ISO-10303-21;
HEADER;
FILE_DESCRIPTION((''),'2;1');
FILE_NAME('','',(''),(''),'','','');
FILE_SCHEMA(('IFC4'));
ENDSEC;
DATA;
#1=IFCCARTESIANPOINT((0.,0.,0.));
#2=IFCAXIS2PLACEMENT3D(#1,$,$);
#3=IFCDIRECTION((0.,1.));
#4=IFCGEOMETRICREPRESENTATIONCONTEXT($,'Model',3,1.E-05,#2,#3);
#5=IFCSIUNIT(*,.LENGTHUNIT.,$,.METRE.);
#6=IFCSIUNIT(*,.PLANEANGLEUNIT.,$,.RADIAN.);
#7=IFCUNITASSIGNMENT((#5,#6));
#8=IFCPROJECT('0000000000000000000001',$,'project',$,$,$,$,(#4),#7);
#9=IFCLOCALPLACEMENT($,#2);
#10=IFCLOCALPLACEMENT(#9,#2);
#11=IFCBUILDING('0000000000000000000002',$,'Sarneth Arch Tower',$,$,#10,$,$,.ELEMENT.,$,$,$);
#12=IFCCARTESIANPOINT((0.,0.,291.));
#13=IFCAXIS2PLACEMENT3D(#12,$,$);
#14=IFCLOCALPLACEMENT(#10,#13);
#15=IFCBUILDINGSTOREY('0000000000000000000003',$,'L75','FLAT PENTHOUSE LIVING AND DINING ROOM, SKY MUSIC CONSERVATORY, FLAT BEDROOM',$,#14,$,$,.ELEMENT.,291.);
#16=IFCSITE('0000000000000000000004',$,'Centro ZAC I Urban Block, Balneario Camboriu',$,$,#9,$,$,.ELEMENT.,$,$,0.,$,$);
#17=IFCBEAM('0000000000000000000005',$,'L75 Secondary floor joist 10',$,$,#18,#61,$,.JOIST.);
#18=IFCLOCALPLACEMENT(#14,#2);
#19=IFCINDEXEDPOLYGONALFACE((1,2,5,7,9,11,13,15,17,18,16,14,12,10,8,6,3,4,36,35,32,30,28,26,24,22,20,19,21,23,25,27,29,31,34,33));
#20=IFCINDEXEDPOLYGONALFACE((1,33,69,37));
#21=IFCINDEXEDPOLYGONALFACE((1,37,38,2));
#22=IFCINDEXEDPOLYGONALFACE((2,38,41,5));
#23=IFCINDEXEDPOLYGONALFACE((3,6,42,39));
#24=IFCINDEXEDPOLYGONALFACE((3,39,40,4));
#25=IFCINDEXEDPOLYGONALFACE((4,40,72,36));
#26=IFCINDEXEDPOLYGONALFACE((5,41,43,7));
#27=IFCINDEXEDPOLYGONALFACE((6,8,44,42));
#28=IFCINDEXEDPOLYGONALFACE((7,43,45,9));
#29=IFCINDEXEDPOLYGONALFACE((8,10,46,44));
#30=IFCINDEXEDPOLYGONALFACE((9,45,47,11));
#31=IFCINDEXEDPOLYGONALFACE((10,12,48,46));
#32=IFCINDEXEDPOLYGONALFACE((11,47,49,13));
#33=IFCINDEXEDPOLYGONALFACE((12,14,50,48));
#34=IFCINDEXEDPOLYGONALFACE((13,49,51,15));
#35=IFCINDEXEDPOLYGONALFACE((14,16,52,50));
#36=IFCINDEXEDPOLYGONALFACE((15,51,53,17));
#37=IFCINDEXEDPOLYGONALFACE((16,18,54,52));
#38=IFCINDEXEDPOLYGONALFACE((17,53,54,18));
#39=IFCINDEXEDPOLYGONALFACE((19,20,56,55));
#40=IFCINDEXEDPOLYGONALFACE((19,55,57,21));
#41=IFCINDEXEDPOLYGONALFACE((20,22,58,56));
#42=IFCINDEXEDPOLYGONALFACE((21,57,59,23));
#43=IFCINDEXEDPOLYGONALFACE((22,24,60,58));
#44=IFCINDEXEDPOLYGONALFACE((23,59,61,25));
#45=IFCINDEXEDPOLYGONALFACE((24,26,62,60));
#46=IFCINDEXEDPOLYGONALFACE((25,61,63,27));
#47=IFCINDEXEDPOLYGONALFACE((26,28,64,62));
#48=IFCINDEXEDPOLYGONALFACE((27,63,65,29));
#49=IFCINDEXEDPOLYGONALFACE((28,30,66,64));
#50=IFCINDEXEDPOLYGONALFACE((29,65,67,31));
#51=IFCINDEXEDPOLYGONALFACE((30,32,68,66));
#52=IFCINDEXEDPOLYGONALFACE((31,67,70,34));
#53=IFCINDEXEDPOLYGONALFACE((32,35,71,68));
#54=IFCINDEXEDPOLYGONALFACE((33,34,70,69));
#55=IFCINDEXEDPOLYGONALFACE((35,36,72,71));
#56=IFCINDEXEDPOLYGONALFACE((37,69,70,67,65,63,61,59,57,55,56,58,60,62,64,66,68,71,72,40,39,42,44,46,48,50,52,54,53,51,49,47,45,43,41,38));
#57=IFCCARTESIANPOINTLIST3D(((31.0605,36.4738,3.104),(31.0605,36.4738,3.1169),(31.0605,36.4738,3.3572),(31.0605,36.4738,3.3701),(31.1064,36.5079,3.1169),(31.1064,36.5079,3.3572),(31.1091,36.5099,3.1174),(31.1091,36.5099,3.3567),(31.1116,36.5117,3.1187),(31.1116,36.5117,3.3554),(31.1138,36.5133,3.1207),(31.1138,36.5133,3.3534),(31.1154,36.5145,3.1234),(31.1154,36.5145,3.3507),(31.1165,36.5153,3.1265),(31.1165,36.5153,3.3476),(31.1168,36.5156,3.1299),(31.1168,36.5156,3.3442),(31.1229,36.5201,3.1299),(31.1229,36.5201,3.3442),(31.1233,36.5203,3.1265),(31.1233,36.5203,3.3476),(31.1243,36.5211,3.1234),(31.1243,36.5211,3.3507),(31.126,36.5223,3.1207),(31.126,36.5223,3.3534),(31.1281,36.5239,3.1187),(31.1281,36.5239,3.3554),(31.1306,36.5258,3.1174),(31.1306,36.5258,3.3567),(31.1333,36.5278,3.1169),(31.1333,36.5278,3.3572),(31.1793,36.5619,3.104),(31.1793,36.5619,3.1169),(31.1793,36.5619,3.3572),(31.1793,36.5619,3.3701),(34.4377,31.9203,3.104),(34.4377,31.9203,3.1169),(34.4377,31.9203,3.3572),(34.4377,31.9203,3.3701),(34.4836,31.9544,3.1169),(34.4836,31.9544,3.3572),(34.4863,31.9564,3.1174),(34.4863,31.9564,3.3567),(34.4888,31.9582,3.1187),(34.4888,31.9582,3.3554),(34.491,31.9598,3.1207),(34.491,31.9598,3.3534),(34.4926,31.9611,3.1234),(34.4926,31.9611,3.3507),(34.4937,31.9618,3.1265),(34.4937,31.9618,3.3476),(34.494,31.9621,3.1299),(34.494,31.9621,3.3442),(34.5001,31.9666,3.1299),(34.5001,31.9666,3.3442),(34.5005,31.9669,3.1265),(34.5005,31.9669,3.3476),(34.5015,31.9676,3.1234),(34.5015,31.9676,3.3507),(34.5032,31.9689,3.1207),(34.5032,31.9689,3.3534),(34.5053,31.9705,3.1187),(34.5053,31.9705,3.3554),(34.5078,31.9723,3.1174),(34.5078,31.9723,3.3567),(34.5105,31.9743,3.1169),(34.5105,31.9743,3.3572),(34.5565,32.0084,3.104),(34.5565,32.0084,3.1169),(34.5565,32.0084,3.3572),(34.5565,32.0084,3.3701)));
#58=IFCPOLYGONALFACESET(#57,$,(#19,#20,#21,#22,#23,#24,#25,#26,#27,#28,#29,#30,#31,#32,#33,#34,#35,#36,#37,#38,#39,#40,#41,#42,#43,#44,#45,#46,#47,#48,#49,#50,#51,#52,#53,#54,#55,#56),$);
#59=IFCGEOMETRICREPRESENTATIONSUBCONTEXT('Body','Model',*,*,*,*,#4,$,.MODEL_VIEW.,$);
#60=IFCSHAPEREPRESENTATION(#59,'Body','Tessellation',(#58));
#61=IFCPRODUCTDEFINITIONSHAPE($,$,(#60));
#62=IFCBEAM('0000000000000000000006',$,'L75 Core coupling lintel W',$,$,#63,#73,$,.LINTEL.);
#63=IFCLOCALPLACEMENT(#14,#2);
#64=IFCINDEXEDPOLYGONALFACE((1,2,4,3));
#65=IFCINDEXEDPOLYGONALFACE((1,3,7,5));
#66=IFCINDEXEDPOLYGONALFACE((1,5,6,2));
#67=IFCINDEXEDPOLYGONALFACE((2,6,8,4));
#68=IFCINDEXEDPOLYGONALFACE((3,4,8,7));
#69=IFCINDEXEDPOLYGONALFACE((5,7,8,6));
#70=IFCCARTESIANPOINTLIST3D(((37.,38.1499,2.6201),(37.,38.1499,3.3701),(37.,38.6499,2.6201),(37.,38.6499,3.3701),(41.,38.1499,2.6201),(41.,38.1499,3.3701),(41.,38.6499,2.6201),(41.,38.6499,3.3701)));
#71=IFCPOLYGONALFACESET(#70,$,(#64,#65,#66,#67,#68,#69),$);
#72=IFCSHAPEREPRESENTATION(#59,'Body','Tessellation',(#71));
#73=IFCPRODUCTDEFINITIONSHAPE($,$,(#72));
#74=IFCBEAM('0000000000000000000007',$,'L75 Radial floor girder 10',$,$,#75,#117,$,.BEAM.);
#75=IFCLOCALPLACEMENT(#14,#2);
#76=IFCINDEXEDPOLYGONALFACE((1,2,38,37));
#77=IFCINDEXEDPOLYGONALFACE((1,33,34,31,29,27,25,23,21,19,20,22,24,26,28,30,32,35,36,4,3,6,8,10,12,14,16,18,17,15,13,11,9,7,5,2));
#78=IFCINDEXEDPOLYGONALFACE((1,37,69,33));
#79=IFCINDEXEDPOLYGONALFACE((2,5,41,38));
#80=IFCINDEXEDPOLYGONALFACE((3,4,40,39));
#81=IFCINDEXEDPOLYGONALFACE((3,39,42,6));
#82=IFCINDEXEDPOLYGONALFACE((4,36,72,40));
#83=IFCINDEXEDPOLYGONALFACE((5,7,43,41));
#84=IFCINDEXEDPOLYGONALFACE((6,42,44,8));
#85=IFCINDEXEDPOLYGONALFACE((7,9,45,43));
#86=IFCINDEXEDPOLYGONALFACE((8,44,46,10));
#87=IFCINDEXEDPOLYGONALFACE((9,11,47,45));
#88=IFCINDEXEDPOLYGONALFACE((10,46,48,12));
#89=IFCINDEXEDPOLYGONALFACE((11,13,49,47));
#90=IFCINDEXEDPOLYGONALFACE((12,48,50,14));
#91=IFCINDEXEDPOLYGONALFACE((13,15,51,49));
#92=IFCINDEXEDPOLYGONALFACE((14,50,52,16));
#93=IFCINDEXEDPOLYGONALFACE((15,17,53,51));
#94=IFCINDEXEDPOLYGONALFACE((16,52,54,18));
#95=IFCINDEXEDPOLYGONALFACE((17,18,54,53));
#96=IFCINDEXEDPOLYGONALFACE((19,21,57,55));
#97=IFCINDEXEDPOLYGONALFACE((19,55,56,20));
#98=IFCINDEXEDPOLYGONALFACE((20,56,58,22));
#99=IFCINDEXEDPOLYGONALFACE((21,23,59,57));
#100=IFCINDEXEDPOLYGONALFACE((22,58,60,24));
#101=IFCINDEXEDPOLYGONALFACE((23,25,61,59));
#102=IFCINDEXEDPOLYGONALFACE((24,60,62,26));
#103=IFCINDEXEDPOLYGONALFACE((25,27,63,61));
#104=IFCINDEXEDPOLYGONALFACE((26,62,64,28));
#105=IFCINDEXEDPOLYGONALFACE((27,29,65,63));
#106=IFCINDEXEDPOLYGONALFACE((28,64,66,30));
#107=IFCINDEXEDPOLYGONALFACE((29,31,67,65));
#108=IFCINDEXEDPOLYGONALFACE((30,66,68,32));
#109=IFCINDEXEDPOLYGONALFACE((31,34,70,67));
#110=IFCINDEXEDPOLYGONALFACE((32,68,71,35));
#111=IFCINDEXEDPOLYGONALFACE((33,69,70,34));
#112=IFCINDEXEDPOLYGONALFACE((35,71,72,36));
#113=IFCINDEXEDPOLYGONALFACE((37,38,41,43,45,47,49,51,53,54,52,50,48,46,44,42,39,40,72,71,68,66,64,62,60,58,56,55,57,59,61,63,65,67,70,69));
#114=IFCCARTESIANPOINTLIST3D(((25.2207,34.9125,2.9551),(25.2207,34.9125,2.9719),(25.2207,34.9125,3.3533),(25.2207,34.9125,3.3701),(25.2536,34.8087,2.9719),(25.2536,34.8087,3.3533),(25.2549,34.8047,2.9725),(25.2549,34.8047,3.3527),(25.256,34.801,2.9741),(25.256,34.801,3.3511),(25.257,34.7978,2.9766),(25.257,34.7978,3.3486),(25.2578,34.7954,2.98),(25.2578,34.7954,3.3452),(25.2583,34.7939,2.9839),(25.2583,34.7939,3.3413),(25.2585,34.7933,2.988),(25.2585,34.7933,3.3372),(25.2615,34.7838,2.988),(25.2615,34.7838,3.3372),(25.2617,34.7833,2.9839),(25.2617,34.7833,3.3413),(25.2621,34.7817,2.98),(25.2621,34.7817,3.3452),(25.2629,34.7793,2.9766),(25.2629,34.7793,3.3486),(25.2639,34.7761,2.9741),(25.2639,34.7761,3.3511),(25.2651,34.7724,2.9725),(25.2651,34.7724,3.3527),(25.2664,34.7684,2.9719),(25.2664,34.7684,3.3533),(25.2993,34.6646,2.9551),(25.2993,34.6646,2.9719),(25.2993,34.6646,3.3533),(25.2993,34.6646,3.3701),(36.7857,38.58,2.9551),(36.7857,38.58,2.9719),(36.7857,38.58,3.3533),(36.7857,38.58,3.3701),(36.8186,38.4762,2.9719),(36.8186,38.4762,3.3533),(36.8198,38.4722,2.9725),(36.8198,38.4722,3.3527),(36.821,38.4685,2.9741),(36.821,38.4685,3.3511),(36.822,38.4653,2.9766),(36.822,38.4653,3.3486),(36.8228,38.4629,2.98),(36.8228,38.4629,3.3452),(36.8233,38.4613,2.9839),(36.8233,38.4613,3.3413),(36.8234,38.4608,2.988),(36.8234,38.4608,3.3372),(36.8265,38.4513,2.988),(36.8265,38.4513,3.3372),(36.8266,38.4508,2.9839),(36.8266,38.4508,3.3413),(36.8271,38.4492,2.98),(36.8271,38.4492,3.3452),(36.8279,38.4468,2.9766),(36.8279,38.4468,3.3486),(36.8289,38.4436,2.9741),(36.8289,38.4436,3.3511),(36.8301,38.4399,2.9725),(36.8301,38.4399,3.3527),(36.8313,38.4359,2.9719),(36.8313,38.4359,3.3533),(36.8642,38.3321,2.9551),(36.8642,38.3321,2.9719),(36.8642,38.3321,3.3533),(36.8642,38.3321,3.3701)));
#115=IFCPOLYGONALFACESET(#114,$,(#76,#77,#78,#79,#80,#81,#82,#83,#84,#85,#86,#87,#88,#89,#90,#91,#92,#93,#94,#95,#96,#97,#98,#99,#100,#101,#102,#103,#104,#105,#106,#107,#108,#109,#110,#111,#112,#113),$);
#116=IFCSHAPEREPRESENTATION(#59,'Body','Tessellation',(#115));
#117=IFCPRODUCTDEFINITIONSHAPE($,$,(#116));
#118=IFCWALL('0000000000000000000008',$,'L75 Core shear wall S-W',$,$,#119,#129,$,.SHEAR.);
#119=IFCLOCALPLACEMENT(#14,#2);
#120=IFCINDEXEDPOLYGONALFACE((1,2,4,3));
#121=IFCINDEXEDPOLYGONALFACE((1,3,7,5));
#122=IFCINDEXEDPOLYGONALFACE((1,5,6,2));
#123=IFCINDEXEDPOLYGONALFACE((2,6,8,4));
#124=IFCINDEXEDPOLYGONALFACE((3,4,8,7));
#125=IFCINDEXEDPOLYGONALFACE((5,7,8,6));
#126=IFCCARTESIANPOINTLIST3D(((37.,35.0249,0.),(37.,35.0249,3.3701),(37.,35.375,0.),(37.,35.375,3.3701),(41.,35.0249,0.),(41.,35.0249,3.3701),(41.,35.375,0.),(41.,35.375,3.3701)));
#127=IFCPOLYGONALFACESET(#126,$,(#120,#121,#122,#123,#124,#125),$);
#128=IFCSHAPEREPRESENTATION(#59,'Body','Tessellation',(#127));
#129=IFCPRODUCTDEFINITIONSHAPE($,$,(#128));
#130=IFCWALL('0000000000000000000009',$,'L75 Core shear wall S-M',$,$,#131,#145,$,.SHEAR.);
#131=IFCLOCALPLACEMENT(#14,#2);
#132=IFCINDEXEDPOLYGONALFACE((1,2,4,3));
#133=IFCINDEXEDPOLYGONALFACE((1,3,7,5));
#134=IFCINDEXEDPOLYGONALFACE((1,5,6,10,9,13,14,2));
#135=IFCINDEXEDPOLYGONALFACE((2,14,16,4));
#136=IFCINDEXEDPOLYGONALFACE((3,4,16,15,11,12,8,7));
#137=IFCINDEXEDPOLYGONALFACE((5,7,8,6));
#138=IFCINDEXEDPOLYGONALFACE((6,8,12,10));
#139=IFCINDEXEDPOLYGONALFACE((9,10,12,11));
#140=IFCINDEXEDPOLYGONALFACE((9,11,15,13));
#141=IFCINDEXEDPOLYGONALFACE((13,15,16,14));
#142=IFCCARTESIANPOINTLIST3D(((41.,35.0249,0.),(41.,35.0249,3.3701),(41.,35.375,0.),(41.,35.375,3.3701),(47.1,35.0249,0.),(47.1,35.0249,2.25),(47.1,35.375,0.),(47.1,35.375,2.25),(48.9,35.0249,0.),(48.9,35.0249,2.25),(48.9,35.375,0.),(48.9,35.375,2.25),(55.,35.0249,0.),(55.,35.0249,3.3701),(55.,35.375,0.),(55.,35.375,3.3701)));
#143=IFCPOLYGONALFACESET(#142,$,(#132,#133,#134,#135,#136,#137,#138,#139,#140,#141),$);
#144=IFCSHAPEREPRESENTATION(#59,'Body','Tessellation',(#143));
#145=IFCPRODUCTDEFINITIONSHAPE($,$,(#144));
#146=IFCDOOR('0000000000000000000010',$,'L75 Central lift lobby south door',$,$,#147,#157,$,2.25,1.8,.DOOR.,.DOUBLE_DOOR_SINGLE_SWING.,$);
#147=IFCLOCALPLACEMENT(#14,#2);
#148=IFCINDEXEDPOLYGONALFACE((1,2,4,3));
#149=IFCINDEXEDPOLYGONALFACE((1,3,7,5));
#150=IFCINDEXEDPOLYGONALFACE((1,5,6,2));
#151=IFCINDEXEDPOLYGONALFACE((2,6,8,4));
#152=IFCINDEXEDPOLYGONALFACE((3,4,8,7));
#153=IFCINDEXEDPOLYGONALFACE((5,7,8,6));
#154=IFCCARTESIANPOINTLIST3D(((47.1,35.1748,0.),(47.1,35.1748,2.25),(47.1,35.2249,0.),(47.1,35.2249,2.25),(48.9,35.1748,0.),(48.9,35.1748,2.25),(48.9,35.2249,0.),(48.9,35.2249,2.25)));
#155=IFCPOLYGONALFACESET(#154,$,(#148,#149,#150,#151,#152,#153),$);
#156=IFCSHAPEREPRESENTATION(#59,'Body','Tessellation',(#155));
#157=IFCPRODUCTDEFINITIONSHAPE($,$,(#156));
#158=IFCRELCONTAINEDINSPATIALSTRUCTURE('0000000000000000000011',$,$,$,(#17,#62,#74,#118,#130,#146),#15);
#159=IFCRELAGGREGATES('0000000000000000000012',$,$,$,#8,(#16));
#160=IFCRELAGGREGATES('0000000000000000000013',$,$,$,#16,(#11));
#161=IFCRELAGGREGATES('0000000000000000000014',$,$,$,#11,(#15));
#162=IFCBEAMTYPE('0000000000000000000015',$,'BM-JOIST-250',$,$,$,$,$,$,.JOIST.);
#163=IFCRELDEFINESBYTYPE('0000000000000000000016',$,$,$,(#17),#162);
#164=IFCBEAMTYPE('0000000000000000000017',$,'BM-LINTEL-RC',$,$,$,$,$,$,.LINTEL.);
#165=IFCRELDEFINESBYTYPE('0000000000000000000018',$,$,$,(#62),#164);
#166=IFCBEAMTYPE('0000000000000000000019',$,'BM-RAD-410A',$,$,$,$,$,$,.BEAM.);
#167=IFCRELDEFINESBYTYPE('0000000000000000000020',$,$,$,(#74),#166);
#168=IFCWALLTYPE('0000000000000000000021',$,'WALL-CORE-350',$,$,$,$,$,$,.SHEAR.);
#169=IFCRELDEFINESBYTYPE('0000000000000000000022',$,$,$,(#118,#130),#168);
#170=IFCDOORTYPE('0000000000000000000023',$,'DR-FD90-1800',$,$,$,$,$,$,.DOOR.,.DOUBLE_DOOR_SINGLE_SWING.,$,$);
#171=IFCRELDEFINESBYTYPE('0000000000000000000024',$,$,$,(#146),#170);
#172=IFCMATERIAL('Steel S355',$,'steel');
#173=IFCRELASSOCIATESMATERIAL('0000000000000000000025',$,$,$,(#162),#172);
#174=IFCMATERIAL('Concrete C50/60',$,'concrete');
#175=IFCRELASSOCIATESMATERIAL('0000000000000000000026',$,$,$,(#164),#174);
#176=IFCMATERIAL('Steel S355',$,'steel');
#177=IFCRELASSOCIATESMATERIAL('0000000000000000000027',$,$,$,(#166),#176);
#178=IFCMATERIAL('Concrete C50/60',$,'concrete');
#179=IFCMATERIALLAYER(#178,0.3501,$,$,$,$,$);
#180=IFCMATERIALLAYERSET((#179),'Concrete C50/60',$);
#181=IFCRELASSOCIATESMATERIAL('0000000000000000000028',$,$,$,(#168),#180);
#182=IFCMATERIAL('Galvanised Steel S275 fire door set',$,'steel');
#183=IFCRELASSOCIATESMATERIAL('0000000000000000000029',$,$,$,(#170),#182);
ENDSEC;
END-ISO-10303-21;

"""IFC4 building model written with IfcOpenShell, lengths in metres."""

from ifc_helpers import new_model, si_unit, direction, frame, frame_2d, origin, origin_2d, place, context, subcontext, project, spatial, rectangle, i_section, extrude, material, layer, layer_set, material_profile, profile_set, type_object, element, fill, save


model = new_model("IFC4")

# Units and contexts
model_context = context("Model", 3, precision=1e-05, world=origin(), true_north=direction((0.0, 1.0)))
body_context = subcontext(model_context, "Body", "Model", "MODEL_VIEW")
ifc_project = project(units=[si_unit("LENGTHUNIT", "METRE"), si_unit("PLANEANGLEUNIT", "RADIAN")], contexts=[model_context])

# Site, building, storey
site_placement = place(None, origin())
site = spatial("IfcSite", under=ifc_project, at=site_placement, Name="Centro ZAC I Urban Block, Balneario Camboriu", CompositionType="ELEMENT", RefElevation=0.0)
building_placement = place(site_placement, origin())
building = spatial("IfcBuilding", under=site, at=building_placement, Name="Sarneth Arch Tower", CompositionType="ELEMENT")
storey_placement = place(building_placement, frame((0.0, 0.0, 291.0)))
storey = spatial("IfcBuildingStorey", under=building, at=storey_placement, Name="L75", Description="FLAT PENTHOUSE LIVING AND DINING ROOM, SKY MUSIC CONSERVATORY, FLAT BEDROOM", CompositionType="ELEMENT", Elevation=291.0)

# Beams
ifc_material_1 = material(Name="Steel S355", Category="steel")
ifc_material_profile_1 = material_profile(ifc_material_1, i_section(OverallWidth=0.1479, OverallDepth=0.2661, WebThickness=0.0076, FlangeThickness=0.0129, FilletRadius=0.0129, at=origin_2d()), Name="W250x44.8")
ifc_profile_set_1 = profile_set([ifc_material_profile_1], Name="Steel S355")
beam_type_1 = type_object("IfcBeamType", Name="BM-JOIST-250", PredefinedType="JOIST", material=ifc_profile_set_1)
beam_1_placement = place(storey_placement, frame((31.1199, 36.5178, 3.2371), z_axis=(0.595713, -0.803198, 0.0), x_axis=(0.803198, 0.595713, 0.0)))
element("IfcBeam", 1, at=beam_1_placement, inside=storey, type_object=beam_type_1, Name="L75 Secondary floor joist 10", PredefinedType="JOIST", context=body_context, shape_type="SweptSolid", body=[
    extrude(i_section(OverallWidth=0.1479, OverallDepth=0.2661, WebThickness=0.0076, FlangeThickness=0.0129, FilletRadius=0.0129, at=origin_2d()), origin(), (0.0, 0.0, 1.0), 5.6692),
])
ifc_material_2 = material(Name="Concrete C50/60", Category="concrete")
ifc_material_profile_2 = material_profile(ifc_material_2, rectangle(XDim=0.5, YDim=0.75, at=origin_2d()), Name="RC-500x750")
ifc_profile_set_2 = profile_set([ifc_material_profile_2], Name="Concrete C50/60")
beam_type_2 = type_object("IfcBeamType", Name="BM-LINTEL-RC", PredefinedType="LINTEL", material=ifc_profile_set_2)
beam_2_placement = place(storey_placement, frame((37.0, 38.3999, 2.9951), z_axis=(1.0, 0.0, 0.0), x_axis=(0.0, 1.0, 0.0)))
element("IfcBeam", 2, at=beam_2_placement, inside=storey, type_object=beam_type_2, Name="L75 Core coupling lintel W", PredefinedType="LINTEL", context=body_context, shape_type="SweptSolid", body=[
    extrude(rectangle(XDim=0.5, YDim=0.75, at=origin_2d()), origin(), (0.0, 0.0, 1.0), 4.0),
])
ifc_material_3 = material(Name="Steel S355", Category="steel")
ifc_material_profile_3 = material_profile(ifc_material_3, i_section(OverallWidth=0.26, OverallDepth=0.415, WebThickness=0.01, FlangeThickness=0.0168, FilletRadius=0.0161, at=origin_2d()), Name="W410x100")
ifc_profile_set_3 = profile_set([ifc_material_profile_3], Name="Steel S355")
beam_type_3 = type_object("IfcBeamType", Name="BM-RAD-410A", PredefinedType="BEAM", material=ifc_profile_set_3)
beam_3_placement = place(storey_placement, frame((36.825, 38.4561, 3.1626), z_axis=(-0.953218, -0.302285, 0.0), x_axis=(0.302285, -0.953218, 0.0)))
element("IfcBeam", 3, at=beam_3_placement, inside=storey, type_object=beam_type_3, Name="L75 Radial floor girder 10", PredefinedType="BEAM", context=body_context, shape_type="SweptSolid", body=[
    extrude(i_section(OverallWidth=0.26, OverallDepth=0.415, WebThickness=0.01, FlangeThickness=0.0168, FilletRadius=0.0161, at=origin_2d()), origin(), (0.0, 0.0, 1.0), 12.1326),
])

# Wall
ifc_material_4 = material(Name="Concrete C50/60", Category="concrete")
ifc_layer_1 = layer(ifc_material_4, 0.3501)
ifc_layer_set_1 = layer_set([ifc_layer_1], Name="Concrete C50/60")
wall_type_1 = type_object("IfcWallType", Name="WALL-CORE-350", PredefinedType="SHEAR", material=ifc_layer_set_1)
wall_1_placement = place(storey_placement, frame((37.0, 35.2, 0.0), z_axis=(0.0, 0.0, 1.0), x_axis=(1.0, 0.0, 0.0)))
element("IfcWall", 4, at=wall_1_placement, inside=storey, type_object=wall_type_1, Name="L75 Core shear wall S-W", PredefinedType="SHEAR", context=body_context, shape_type="SweptSolid", body=[
    extrude(rectangle(XDim=4.0, YDim=0.3501, at=frame_2d((2.0, 0.0))), origin(), (0.0, 0.0, 1.0), 3.3701),
])

# Wall, opening, door
wall_2_placement = place(storey_placement, frame((41.0, 35.2, 0.0), z_axis=(0.0, 0.0, 1.0), x_axis=(1.0, 0.0, 0.0)))
wall_2 = element("IfcWall", 5, at=wall_2_placement, inside=storey, type_object=wall_type_1, Name="L75 Core shear wall S-M", PredefinedType="SHEAR", context=body_context, shape_type="SweptSolid", body=[
    extrude(rectangle(XDim=14.0, YDim=0.3501, at=frame_2d((7.0, 0.0))), origin(), (0.0, 0.0, 1.0), 3.3701),
])
opening_1_placement = place(wall_2_placement, frame((6.1001, 0.0, 0.0)))
opening_1 = element("IfcOpeningElement", 6, at=opening_1_placement, cuts=wall_2, PredefinedType="OPENING", context=body_context, shape_type="SweptSolid", body=[
    extrude(rectangle(XDim=1.8, YDim=2.25, at=frame_2d((0.8999, 1.125))), frame((0.0, 0.1851, 0.0), z_axis=(0.0, -1.0, 0.0), x_axis=(1.0, 0.0, 0.0)), (0.0, 0.0, 1.0), 0.3701),
])
ifc_material_5 = material(Name="Galvanised Steel S275 fire door set", Category="steel")
door_type_1 = type_object("IfcDoorType", Name="DR-FD90-1800", OperationType="DOUBLE_DOOR_SINGLE_SWING", PredefinedType="DOOR", material=ifc_material_5)
door_1_placement = place(opening_1_placement, origin())
door_1 = element("IfcDoor", 7, at=door_1_placement, inside=storey, type_object=door_type_1, Name="L75 Central lift lobby south door", OperationType="DOUBLE_DOOR_SINGLE_SWING", OverallHeight=2.25, OverallWidth=1.8, PredefinedType="DOOR", context=body_context, shape_type="SweptSolid", body=[
    extrude(rectangle(XDim=1.8, YDim=2.25, at=frame_2d((0.8999, 1.125))), frame((0.0, 0.0249, 0.0), z_axis=(0.0, -1.0, 0.0), x_axis=(1.0, 0.0, 0.0)), (0.0, 0.0, 1.0), 0.05),
])
fill(opening_1, door_1)

save(model, "model.ifc")
